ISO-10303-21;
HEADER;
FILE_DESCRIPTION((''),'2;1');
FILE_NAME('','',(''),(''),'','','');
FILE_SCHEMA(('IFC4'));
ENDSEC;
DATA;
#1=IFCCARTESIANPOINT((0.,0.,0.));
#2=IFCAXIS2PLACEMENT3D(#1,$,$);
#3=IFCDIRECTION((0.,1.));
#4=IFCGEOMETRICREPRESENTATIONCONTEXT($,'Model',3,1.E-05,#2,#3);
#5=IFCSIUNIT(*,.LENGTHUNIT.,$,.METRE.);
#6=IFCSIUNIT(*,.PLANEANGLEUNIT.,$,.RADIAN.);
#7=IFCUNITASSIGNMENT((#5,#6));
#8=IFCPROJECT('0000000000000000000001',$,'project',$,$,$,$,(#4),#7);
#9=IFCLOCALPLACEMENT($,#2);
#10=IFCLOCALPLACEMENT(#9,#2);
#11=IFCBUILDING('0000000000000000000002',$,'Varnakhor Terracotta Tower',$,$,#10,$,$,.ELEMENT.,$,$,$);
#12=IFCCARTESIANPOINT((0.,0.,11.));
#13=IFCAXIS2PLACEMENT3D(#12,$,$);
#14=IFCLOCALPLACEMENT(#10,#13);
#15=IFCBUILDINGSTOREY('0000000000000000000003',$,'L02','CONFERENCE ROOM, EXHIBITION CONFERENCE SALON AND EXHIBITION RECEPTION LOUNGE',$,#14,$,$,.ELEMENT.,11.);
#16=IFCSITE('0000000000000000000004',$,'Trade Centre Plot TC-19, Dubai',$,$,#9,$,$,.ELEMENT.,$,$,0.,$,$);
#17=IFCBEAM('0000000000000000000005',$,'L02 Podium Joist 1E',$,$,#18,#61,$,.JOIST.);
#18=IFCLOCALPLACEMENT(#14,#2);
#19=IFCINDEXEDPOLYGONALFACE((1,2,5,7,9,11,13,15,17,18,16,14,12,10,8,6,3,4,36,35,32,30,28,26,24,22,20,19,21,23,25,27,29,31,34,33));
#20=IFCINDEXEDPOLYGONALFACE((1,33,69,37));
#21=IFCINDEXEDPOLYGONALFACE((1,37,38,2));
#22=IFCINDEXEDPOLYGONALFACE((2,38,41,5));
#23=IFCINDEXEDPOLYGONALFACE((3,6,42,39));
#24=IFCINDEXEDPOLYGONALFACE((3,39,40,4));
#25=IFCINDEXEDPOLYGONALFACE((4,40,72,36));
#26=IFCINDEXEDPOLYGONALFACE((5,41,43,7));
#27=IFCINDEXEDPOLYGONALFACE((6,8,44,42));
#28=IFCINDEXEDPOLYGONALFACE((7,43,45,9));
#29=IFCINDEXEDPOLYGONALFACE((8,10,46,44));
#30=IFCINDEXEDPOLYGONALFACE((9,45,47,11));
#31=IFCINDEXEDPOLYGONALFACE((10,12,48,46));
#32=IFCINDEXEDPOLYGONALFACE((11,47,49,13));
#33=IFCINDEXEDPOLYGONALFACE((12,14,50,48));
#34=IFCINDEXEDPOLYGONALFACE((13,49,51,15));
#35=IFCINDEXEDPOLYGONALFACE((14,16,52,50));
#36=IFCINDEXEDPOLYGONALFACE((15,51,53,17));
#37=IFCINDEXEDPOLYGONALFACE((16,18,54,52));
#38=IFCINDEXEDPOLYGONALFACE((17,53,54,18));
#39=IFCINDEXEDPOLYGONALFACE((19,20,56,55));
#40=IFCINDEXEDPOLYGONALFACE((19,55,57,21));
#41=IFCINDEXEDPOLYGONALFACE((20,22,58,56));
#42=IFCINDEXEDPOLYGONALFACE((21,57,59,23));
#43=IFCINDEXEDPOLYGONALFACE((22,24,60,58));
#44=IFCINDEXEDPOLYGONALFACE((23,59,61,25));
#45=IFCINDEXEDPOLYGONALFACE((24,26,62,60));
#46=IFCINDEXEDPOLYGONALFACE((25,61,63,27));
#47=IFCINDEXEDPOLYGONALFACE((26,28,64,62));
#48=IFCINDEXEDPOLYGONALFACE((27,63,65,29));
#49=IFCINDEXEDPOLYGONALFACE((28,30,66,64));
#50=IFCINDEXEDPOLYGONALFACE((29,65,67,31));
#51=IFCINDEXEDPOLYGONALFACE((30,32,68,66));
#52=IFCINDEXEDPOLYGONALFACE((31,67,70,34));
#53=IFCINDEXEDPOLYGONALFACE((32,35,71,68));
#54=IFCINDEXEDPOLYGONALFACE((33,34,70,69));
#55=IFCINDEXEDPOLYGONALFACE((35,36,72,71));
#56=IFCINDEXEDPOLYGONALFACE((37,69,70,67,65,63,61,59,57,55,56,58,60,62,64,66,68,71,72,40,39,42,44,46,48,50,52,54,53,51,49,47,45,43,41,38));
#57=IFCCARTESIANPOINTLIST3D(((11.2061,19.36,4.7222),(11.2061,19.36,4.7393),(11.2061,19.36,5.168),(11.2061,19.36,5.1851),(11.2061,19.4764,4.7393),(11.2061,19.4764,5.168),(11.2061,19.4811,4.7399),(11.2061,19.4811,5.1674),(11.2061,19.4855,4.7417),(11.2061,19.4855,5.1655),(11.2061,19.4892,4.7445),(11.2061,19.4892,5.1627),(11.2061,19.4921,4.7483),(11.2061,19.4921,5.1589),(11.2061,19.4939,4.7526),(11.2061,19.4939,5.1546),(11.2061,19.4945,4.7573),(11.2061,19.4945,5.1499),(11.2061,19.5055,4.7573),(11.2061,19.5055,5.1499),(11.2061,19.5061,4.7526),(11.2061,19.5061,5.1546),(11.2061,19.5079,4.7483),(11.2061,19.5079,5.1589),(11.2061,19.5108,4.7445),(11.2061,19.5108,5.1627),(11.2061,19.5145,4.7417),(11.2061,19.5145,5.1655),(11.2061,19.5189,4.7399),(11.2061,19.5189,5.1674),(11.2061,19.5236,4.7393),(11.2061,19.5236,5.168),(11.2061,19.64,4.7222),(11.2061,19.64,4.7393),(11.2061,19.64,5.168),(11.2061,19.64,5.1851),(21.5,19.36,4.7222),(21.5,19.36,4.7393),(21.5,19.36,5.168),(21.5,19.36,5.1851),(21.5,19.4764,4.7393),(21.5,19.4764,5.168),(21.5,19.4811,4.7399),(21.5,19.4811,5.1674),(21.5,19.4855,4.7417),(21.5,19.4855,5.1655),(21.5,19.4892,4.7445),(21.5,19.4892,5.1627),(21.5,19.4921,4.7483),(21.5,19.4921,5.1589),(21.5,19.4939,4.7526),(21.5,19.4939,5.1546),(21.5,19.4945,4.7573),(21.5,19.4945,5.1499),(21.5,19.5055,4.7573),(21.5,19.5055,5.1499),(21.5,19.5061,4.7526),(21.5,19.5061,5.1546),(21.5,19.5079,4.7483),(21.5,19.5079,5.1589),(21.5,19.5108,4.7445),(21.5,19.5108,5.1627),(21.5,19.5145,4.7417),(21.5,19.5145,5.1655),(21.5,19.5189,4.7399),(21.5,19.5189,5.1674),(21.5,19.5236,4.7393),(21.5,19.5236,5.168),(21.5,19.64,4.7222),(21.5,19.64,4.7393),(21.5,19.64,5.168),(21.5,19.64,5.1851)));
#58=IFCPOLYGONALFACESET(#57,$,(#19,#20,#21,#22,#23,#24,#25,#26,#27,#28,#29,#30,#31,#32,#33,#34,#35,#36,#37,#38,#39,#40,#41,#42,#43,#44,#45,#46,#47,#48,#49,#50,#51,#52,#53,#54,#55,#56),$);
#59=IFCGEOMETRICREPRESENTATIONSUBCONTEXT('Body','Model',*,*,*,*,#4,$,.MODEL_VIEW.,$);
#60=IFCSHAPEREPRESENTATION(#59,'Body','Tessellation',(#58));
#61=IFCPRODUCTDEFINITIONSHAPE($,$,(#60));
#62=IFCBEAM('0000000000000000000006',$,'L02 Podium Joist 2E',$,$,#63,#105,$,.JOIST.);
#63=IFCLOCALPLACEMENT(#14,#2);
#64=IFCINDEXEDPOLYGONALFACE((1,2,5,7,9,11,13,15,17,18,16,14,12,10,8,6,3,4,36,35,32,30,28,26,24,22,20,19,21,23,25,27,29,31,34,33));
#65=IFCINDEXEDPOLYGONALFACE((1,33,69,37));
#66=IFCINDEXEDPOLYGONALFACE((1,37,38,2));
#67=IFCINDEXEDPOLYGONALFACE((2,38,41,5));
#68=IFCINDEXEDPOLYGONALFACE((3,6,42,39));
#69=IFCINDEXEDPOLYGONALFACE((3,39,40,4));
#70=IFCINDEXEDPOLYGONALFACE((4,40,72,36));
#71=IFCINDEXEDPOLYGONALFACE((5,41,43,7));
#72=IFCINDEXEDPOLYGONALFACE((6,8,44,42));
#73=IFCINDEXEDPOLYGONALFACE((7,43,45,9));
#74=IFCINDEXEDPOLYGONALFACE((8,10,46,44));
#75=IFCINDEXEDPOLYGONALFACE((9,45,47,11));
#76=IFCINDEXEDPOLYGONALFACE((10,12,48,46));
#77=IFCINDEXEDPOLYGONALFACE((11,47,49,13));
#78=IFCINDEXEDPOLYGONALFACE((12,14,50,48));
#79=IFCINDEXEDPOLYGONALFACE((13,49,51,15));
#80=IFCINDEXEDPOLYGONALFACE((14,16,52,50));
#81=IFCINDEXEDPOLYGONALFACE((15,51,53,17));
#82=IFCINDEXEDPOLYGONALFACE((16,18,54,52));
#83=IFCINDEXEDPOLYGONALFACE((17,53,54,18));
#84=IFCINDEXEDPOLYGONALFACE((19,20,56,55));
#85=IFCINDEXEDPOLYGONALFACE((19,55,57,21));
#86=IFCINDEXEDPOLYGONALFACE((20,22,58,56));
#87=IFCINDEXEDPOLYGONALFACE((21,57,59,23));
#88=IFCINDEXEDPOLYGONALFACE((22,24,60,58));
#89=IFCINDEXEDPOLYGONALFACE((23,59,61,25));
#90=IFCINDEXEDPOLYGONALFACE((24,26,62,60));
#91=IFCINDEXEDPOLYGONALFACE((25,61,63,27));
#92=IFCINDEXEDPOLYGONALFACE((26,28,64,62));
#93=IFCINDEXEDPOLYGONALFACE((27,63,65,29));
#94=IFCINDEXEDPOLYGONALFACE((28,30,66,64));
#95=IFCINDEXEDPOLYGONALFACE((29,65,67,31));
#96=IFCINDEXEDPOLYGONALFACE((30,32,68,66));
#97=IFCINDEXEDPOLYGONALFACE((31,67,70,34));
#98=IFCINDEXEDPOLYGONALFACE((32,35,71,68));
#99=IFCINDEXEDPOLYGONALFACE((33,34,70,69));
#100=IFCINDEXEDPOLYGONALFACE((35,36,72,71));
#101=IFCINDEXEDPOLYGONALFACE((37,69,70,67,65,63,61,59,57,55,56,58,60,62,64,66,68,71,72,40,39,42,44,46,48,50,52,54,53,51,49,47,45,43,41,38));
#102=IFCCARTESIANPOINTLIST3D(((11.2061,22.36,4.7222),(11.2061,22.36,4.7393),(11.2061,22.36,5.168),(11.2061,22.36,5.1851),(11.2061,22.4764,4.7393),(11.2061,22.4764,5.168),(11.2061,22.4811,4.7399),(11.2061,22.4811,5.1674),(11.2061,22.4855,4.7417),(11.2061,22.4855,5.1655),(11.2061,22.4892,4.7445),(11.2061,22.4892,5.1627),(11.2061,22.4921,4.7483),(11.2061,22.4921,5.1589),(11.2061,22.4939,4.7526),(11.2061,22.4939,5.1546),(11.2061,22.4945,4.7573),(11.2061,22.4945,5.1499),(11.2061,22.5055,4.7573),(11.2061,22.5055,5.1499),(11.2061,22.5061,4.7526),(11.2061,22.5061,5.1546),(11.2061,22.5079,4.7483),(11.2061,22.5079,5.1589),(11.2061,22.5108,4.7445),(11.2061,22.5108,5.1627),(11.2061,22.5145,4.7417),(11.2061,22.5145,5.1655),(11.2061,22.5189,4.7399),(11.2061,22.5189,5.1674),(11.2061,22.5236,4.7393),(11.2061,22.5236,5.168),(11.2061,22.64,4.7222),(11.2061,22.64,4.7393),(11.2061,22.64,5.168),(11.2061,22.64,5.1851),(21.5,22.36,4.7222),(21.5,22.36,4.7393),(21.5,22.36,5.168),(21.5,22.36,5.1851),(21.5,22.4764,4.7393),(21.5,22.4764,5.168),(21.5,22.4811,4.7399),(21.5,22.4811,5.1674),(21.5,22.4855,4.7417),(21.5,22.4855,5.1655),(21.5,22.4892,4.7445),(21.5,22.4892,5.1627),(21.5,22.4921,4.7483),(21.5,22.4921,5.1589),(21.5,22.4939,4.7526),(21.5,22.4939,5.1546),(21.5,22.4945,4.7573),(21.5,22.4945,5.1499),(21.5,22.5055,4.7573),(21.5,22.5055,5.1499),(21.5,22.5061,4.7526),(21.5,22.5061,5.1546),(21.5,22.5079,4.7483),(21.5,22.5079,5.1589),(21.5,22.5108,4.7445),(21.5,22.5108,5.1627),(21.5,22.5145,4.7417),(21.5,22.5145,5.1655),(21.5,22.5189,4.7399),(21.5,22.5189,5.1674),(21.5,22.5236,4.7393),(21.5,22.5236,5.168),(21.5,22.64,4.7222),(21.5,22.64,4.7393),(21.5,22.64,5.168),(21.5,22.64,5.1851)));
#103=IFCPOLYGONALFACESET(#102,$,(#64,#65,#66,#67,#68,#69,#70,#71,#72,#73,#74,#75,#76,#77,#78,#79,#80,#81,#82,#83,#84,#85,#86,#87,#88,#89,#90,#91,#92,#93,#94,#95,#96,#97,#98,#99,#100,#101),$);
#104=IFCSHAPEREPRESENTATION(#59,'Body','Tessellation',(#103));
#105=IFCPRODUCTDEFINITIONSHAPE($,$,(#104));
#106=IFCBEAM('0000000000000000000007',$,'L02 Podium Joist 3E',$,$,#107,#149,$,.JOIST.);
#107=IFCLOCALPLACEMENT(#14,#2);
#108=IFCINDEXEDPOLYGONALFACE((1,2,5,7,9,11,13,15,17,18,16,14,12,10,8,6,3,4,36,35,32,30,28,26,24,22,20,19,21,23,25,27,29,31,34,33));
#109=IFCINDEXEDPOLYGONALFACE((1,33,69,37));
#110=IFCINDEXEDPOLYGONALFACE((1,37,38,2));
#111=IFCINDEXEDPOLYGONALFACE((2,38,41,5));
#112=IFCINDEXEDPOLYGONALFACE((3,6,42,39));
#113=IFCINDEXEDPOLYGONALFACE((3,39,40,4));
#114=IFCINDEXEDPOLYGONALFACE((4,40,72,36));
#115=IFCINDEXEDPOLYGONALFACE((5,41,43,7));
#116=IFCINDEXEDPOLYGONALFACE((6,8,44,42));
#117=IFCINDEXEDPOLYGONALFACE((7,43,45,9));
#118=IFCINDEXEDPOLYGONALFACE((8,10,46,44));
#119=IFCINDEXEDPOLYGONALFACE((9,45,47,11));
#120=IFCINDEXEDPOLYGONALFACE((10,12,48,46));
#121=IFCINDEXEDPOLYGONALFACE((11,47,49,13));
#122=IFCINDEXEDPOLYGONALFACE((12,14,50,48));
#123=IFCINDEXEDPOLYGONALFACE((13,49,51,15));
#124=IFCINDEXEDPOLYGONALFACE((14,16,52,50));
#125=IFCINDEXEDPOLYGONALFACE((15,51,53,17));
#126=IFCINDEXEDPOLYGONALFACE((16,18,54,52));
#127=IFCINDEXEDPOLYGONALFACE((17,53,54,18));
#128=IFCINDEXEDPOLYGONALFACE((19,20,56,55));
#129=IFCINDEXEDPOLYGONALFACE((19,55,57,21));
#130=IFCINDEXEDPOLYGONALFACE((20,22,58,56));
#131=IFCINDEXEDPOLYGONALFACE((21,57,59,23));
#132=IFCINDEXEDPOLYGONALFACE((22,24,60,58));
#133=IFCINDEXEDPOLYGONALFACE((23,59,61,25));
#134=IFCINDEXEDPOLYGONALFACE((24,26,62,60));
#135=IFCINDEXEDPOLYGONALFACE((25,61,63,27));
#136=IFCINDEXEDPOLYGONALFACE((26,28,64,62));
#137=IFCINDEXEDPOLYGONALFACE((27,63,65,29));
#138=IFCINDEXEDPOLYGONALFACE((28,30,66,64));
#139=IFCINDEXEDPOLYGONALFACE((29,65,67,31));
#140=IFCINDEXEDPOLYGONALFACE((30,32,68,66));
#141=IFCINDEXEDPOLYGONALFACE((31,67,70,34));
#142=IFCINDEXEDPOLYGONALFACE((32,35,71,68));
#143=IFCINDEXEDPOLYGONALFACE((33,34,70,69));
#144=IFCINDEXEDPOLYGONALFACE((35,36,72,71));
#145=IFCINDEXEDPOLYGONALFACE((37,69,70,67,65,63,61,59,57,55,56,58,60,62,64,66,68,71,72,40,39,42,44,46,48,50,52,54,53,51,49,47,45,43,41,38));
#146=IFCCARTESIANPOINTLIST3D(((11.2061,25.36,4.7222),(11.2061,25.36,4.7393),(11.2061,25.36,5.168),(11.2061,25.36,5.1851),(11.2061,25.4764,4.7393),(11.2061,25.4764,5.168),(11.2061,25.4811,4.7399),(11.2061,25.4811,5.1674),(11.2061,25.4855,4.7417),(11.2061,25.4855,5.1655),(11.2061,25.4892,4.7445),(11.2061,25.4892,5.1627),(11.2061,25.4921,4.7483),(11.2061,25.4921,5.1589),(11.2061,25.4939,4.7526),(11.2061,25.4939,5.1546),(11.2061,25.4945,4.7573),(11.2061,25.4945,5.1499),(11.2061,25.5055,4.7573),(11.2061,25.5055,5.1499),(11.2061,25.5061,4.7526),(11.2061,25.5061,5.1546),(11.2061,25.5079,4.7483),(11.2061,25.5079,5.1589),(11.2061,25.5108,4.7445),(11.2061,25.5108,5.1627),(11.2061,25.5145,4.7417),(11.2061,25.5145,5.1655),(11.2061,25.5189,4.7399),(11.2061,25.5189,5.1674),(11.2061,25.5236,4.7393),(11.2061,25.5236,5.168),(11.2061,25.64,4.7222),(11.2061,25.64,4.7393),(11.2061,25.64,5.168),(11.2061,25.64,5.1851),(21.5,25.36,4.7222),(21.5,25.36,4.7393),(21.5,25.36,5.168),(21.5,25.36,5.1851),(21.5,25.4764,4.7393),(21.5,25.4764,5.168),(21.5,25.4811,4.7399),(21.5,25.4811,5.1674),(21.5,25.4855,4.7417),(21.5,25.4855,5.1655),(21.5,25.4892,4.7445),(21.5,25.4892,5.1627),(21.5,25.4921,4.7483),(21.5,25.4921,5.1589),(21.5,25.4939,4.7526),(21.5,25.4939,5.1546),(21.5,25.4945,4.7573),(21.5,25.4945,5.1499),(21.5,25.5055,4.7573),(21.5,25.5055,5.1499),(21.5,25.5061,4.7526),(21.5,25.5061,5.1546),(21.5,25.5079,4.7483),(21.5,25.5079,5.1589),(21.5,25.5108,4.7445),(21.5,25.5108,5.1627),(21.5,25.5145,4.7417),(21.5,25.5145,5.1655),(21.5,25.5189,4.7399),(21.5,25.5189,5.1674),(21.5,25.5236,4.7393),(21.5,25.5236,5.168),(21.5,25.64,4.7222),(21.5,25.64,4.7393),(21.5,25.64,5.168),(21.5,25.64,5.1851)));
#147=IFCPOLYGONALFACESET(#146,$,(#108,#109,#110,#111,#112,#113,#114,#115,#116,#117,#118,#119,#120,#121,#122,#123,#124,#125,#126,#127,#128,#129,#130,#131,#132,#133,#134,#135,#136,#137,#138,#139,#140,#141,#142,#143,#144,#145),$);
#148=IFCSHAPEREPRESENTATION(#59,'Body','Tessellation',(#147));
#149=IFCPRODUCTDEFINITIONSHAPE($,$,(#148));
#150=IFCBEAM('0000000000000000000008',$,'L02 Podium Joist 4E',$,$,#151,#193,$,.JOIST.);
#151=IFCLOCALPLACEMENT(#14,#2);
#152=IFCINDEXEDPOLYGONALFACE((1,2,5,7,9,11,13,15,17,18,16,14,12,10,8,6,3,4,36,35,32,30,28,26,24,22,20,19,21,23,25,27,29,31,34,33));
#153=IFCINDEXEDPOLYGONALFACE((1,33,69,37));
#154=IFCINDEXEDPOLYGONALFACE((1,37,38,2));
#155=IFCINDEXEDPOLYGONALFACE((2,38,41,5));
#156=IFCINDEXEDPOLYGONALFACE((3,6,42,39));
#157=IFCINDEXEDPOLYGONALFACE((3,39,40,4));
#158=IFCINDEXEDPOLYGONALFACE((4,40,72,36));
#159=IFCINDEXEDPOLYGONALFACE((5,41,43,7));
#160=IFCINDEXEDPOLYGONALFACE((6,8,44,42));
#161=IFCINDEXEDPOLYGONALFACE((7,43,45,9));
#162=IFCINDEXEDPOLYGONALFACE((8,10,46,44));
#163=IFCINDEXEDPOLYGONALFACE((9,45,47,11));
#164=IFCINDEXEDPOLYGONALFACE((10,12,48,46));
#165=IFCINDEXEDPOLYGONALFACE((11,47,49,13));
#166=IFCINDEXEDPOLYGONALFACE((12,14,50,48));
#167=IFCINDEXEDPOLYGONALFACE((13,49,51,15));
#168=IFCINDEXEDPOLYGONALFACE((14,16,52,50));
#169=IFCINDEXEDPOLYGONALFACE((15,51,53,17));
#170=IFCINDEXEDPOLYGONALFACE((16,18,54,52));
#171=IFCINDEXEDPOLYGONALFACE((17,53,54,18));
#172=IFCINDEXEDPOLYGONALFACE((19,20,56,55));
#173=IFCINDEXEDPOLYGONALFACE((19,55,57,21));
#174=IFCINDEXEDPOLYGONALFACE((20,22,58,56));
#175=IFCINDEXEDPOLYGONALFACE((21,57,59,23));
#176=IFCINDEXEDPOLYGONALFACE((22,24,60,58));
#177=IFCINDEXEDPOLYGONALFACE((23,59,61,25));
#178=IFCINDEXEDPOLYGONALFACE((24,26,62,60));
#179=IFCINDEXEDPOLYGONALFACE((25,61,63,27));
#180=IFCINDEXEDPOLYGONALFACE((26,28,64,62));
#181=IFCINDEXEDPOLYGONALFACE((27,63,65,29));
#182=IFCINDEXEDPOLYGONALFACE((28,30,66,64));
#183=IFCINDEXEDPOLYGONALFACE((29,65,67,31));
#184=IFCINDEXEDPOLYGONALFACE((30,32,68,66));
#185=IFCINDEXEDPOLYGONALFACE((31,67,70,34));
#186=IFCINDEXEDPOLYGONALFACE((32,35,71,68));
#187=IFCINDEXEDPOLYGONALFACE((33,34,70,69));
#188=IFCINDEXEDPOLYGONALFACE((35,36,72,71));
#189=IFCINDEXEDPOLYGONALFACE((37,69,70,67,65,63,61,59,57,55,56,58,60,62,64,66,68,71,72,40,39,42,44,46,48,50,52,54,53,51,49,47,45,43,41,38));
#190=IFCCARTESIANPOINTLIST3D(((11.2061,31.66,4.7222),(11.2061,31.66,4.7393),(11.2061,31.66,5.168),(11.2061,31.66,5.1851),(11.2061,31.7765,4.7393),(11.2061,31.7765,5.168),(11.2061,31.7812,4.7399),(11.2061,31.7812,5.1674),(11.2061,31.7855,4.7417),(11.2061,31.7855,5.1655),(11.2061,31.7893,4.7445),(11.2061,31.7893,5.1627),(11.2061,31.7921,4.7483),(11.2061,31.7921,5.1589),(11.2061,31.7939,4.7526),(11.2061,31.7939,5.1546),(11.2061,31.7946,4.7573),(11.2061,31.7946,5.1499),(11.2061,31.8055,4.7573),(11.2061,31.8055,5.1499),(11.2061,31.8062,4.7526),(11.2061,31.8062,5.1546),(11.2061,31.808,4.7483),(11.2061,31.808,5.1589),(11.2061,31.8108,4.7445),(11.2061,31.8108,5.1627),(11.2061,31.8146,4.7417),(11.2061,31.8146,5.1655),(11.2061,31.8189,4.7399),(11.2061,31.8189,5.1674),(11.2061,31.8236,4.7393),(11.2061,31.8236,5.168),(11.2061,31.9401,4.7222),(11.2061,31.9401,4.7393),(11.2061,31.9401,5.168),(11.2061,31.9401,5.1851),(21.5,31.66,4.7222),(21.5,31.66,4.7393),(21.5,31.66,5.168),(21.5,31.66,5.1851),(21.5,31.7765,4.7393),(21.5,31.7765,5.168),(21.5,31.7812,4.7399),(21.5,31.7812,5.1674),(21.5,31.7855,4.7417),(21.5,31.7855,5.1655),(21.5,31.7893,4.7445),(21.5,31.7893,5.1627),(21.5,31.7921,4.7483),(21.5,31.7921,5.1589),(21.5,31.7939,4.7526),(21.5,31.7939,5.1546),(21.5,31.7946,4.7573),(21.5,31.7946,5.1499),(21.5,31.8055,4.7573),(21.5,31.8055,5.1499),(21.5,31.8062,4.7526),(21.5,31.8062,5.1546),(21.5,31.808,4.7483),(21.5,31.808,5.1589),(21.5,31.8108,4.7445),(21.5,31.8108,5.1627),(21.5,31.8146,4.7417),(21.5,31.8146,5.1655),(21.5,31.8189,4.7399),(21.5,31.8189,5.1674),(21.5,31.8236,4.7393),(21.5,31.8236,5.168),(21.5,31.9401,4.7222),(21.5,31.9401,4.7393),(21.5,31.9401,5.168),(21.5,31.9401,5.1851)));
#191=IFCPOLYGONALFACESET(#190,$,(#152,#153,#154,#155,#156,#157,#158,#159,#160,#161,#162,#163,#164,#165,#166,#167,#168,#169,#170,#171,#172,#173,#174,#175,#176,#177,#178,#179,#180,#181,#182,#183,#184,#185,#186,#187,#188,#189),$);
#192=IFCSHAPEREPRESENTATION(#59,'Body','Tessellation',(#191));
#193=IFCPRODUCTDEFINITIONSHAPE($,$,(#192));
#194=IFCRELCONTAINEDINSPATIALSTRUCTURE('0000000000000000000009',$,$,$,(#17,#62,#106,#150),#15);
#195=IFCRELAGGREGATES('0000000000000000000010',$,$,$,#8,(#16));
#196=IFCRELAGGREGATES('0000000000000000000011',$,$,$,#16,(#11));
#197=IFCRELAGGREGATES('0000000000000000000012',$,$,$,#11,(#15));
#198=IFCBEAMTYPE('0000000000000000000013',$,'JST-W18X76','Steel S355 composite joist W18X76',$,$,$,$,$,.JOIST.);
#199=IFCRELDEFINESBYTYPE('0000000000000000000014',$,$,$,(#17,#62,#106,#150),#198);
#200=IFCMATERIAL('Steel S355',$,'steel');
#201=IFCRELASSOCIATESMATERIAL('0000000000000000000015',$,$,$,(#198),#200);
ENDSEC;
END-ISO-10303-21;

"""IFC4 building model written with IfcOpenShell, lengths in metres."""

from ifc_helpers import new_model, si_unit, direction, frame, origin, origin_2d, place, context, subcontext, project, spatial, i_section, extrude, source, transform, mapped, material, material_profile, profile_set, type_object, type_shapes, element, save


model = new_model("IFC4")

# Units and contexts
model_context = context("Model", 3, precision=1e-05, world=origin(), true_north=direction((0.0, 1.0)))
body_context = subcontext(model_context, "Body", "Model", "MODEL_VIEW")
ifc_project = project(units=[si_unit("LENGTHUNIT", "METRE"), si_unit("PLANEANGLEUNIT", "RADIAN")], contexts=[model_context])

# Site, building, storey
site_placement = place(None, origin())
site = spatial("IfcSite", under=ifc_project, at=site_placement, Name="Trade Centre Plot TC-19, Dubai", CompositionType="ELEMENT", RefElevation=0.0)
building_placement = place(site_placement, origin())
building = spatial("IfcBuilding", under=site, at=building_placement, Name="Varnakhor Terracotta Tower", CompositionType="ELEMENT")
storey_placement = place(building_placement, frame((0.0, 0.0, 11.0)))
storey = spatial("IfcBuildingStorey", under=building, at=storey_placement, Name="L02", Description="CONFERENCE ROOM, EXHIBITION CONFERENCE SALON AND EXHIBITION RECEPTION LOUNGE", CompositionType="ELEMENT", Elevation=11.0)

# Beams
ifc_material_1 = material(Name="Steel S355", Category="steel")
ifc_material_profile_1 = material_profile(ifc_material_1, i_section(OverallWidth=0.28, OverallDepth=0.4629, WebThickness=0.011, FlangeThickness=0.0171, FilletRadius=0.0181, at=origin_2d()), Name="W18X76")
ifc_profile_set_1 = profile_set([ifc_material_profile_1], Name="Steel S355")
beam_type_1 = type_object("IfcBeamType", Name="JST-W18X76", Description="Steel S355 composite joist W18X76", PredefinedType="JOIST", material=ifc_profile_set_1)
shared_shape_1 = source(origin(), body_context, "Body", "SweptSolid", [
    extrude(i_section(OverallWidth=0.28, OverallDepth=0.4629, WebThickness=0.011, FlangeThickness=0.0171, FilletRadius=0.0181, at=origin_2d()), origin(), (0.0, 0.0, 1.0), 10.2939),
])
type_shapes(beam_type_1, [shared_shape_1])
for number, where, z_axis, x_axis, name in (
    (1, (11.2061, 19.5, 4.9536), (1.0, 0.0, 0.0), (0.0, 1.0, 0.0), "L02 Podium Joist 1E"),
    (2, (11.2061, 22.5, 4.9536), (1.0, 0.0, 0.0), (0.0, 1.0, 0.0), "L02 Podium Joist 2E"),
    (3, (11.2061, 25.5, 4.9536), (1.0, 0.0, 0.0), (0.0, 1.0, 0.0), "L02 Podium Joist 3E"),
    (4, (11.2061, 31.8, 4.9536), (1.0, 0.0, 0.0), (0.0, 1.0, 0.0), "L02 Podium Joist 4E"),
):
    element("IfcBeam", number, at=place(storey_placement, frame(where, z_axis=z_axis, x_axis=x_axis)), inside=storey, type_object=beam_type_1, Name=name, PredefinedType="JOIST", context=body_context, shape_type="MappedRepresentation", body=[
        mapped(shared_shape_1, transform((0.0, 0.0, 0.0), scale=1.0)),
    ])

save(model, "model.ifc")
